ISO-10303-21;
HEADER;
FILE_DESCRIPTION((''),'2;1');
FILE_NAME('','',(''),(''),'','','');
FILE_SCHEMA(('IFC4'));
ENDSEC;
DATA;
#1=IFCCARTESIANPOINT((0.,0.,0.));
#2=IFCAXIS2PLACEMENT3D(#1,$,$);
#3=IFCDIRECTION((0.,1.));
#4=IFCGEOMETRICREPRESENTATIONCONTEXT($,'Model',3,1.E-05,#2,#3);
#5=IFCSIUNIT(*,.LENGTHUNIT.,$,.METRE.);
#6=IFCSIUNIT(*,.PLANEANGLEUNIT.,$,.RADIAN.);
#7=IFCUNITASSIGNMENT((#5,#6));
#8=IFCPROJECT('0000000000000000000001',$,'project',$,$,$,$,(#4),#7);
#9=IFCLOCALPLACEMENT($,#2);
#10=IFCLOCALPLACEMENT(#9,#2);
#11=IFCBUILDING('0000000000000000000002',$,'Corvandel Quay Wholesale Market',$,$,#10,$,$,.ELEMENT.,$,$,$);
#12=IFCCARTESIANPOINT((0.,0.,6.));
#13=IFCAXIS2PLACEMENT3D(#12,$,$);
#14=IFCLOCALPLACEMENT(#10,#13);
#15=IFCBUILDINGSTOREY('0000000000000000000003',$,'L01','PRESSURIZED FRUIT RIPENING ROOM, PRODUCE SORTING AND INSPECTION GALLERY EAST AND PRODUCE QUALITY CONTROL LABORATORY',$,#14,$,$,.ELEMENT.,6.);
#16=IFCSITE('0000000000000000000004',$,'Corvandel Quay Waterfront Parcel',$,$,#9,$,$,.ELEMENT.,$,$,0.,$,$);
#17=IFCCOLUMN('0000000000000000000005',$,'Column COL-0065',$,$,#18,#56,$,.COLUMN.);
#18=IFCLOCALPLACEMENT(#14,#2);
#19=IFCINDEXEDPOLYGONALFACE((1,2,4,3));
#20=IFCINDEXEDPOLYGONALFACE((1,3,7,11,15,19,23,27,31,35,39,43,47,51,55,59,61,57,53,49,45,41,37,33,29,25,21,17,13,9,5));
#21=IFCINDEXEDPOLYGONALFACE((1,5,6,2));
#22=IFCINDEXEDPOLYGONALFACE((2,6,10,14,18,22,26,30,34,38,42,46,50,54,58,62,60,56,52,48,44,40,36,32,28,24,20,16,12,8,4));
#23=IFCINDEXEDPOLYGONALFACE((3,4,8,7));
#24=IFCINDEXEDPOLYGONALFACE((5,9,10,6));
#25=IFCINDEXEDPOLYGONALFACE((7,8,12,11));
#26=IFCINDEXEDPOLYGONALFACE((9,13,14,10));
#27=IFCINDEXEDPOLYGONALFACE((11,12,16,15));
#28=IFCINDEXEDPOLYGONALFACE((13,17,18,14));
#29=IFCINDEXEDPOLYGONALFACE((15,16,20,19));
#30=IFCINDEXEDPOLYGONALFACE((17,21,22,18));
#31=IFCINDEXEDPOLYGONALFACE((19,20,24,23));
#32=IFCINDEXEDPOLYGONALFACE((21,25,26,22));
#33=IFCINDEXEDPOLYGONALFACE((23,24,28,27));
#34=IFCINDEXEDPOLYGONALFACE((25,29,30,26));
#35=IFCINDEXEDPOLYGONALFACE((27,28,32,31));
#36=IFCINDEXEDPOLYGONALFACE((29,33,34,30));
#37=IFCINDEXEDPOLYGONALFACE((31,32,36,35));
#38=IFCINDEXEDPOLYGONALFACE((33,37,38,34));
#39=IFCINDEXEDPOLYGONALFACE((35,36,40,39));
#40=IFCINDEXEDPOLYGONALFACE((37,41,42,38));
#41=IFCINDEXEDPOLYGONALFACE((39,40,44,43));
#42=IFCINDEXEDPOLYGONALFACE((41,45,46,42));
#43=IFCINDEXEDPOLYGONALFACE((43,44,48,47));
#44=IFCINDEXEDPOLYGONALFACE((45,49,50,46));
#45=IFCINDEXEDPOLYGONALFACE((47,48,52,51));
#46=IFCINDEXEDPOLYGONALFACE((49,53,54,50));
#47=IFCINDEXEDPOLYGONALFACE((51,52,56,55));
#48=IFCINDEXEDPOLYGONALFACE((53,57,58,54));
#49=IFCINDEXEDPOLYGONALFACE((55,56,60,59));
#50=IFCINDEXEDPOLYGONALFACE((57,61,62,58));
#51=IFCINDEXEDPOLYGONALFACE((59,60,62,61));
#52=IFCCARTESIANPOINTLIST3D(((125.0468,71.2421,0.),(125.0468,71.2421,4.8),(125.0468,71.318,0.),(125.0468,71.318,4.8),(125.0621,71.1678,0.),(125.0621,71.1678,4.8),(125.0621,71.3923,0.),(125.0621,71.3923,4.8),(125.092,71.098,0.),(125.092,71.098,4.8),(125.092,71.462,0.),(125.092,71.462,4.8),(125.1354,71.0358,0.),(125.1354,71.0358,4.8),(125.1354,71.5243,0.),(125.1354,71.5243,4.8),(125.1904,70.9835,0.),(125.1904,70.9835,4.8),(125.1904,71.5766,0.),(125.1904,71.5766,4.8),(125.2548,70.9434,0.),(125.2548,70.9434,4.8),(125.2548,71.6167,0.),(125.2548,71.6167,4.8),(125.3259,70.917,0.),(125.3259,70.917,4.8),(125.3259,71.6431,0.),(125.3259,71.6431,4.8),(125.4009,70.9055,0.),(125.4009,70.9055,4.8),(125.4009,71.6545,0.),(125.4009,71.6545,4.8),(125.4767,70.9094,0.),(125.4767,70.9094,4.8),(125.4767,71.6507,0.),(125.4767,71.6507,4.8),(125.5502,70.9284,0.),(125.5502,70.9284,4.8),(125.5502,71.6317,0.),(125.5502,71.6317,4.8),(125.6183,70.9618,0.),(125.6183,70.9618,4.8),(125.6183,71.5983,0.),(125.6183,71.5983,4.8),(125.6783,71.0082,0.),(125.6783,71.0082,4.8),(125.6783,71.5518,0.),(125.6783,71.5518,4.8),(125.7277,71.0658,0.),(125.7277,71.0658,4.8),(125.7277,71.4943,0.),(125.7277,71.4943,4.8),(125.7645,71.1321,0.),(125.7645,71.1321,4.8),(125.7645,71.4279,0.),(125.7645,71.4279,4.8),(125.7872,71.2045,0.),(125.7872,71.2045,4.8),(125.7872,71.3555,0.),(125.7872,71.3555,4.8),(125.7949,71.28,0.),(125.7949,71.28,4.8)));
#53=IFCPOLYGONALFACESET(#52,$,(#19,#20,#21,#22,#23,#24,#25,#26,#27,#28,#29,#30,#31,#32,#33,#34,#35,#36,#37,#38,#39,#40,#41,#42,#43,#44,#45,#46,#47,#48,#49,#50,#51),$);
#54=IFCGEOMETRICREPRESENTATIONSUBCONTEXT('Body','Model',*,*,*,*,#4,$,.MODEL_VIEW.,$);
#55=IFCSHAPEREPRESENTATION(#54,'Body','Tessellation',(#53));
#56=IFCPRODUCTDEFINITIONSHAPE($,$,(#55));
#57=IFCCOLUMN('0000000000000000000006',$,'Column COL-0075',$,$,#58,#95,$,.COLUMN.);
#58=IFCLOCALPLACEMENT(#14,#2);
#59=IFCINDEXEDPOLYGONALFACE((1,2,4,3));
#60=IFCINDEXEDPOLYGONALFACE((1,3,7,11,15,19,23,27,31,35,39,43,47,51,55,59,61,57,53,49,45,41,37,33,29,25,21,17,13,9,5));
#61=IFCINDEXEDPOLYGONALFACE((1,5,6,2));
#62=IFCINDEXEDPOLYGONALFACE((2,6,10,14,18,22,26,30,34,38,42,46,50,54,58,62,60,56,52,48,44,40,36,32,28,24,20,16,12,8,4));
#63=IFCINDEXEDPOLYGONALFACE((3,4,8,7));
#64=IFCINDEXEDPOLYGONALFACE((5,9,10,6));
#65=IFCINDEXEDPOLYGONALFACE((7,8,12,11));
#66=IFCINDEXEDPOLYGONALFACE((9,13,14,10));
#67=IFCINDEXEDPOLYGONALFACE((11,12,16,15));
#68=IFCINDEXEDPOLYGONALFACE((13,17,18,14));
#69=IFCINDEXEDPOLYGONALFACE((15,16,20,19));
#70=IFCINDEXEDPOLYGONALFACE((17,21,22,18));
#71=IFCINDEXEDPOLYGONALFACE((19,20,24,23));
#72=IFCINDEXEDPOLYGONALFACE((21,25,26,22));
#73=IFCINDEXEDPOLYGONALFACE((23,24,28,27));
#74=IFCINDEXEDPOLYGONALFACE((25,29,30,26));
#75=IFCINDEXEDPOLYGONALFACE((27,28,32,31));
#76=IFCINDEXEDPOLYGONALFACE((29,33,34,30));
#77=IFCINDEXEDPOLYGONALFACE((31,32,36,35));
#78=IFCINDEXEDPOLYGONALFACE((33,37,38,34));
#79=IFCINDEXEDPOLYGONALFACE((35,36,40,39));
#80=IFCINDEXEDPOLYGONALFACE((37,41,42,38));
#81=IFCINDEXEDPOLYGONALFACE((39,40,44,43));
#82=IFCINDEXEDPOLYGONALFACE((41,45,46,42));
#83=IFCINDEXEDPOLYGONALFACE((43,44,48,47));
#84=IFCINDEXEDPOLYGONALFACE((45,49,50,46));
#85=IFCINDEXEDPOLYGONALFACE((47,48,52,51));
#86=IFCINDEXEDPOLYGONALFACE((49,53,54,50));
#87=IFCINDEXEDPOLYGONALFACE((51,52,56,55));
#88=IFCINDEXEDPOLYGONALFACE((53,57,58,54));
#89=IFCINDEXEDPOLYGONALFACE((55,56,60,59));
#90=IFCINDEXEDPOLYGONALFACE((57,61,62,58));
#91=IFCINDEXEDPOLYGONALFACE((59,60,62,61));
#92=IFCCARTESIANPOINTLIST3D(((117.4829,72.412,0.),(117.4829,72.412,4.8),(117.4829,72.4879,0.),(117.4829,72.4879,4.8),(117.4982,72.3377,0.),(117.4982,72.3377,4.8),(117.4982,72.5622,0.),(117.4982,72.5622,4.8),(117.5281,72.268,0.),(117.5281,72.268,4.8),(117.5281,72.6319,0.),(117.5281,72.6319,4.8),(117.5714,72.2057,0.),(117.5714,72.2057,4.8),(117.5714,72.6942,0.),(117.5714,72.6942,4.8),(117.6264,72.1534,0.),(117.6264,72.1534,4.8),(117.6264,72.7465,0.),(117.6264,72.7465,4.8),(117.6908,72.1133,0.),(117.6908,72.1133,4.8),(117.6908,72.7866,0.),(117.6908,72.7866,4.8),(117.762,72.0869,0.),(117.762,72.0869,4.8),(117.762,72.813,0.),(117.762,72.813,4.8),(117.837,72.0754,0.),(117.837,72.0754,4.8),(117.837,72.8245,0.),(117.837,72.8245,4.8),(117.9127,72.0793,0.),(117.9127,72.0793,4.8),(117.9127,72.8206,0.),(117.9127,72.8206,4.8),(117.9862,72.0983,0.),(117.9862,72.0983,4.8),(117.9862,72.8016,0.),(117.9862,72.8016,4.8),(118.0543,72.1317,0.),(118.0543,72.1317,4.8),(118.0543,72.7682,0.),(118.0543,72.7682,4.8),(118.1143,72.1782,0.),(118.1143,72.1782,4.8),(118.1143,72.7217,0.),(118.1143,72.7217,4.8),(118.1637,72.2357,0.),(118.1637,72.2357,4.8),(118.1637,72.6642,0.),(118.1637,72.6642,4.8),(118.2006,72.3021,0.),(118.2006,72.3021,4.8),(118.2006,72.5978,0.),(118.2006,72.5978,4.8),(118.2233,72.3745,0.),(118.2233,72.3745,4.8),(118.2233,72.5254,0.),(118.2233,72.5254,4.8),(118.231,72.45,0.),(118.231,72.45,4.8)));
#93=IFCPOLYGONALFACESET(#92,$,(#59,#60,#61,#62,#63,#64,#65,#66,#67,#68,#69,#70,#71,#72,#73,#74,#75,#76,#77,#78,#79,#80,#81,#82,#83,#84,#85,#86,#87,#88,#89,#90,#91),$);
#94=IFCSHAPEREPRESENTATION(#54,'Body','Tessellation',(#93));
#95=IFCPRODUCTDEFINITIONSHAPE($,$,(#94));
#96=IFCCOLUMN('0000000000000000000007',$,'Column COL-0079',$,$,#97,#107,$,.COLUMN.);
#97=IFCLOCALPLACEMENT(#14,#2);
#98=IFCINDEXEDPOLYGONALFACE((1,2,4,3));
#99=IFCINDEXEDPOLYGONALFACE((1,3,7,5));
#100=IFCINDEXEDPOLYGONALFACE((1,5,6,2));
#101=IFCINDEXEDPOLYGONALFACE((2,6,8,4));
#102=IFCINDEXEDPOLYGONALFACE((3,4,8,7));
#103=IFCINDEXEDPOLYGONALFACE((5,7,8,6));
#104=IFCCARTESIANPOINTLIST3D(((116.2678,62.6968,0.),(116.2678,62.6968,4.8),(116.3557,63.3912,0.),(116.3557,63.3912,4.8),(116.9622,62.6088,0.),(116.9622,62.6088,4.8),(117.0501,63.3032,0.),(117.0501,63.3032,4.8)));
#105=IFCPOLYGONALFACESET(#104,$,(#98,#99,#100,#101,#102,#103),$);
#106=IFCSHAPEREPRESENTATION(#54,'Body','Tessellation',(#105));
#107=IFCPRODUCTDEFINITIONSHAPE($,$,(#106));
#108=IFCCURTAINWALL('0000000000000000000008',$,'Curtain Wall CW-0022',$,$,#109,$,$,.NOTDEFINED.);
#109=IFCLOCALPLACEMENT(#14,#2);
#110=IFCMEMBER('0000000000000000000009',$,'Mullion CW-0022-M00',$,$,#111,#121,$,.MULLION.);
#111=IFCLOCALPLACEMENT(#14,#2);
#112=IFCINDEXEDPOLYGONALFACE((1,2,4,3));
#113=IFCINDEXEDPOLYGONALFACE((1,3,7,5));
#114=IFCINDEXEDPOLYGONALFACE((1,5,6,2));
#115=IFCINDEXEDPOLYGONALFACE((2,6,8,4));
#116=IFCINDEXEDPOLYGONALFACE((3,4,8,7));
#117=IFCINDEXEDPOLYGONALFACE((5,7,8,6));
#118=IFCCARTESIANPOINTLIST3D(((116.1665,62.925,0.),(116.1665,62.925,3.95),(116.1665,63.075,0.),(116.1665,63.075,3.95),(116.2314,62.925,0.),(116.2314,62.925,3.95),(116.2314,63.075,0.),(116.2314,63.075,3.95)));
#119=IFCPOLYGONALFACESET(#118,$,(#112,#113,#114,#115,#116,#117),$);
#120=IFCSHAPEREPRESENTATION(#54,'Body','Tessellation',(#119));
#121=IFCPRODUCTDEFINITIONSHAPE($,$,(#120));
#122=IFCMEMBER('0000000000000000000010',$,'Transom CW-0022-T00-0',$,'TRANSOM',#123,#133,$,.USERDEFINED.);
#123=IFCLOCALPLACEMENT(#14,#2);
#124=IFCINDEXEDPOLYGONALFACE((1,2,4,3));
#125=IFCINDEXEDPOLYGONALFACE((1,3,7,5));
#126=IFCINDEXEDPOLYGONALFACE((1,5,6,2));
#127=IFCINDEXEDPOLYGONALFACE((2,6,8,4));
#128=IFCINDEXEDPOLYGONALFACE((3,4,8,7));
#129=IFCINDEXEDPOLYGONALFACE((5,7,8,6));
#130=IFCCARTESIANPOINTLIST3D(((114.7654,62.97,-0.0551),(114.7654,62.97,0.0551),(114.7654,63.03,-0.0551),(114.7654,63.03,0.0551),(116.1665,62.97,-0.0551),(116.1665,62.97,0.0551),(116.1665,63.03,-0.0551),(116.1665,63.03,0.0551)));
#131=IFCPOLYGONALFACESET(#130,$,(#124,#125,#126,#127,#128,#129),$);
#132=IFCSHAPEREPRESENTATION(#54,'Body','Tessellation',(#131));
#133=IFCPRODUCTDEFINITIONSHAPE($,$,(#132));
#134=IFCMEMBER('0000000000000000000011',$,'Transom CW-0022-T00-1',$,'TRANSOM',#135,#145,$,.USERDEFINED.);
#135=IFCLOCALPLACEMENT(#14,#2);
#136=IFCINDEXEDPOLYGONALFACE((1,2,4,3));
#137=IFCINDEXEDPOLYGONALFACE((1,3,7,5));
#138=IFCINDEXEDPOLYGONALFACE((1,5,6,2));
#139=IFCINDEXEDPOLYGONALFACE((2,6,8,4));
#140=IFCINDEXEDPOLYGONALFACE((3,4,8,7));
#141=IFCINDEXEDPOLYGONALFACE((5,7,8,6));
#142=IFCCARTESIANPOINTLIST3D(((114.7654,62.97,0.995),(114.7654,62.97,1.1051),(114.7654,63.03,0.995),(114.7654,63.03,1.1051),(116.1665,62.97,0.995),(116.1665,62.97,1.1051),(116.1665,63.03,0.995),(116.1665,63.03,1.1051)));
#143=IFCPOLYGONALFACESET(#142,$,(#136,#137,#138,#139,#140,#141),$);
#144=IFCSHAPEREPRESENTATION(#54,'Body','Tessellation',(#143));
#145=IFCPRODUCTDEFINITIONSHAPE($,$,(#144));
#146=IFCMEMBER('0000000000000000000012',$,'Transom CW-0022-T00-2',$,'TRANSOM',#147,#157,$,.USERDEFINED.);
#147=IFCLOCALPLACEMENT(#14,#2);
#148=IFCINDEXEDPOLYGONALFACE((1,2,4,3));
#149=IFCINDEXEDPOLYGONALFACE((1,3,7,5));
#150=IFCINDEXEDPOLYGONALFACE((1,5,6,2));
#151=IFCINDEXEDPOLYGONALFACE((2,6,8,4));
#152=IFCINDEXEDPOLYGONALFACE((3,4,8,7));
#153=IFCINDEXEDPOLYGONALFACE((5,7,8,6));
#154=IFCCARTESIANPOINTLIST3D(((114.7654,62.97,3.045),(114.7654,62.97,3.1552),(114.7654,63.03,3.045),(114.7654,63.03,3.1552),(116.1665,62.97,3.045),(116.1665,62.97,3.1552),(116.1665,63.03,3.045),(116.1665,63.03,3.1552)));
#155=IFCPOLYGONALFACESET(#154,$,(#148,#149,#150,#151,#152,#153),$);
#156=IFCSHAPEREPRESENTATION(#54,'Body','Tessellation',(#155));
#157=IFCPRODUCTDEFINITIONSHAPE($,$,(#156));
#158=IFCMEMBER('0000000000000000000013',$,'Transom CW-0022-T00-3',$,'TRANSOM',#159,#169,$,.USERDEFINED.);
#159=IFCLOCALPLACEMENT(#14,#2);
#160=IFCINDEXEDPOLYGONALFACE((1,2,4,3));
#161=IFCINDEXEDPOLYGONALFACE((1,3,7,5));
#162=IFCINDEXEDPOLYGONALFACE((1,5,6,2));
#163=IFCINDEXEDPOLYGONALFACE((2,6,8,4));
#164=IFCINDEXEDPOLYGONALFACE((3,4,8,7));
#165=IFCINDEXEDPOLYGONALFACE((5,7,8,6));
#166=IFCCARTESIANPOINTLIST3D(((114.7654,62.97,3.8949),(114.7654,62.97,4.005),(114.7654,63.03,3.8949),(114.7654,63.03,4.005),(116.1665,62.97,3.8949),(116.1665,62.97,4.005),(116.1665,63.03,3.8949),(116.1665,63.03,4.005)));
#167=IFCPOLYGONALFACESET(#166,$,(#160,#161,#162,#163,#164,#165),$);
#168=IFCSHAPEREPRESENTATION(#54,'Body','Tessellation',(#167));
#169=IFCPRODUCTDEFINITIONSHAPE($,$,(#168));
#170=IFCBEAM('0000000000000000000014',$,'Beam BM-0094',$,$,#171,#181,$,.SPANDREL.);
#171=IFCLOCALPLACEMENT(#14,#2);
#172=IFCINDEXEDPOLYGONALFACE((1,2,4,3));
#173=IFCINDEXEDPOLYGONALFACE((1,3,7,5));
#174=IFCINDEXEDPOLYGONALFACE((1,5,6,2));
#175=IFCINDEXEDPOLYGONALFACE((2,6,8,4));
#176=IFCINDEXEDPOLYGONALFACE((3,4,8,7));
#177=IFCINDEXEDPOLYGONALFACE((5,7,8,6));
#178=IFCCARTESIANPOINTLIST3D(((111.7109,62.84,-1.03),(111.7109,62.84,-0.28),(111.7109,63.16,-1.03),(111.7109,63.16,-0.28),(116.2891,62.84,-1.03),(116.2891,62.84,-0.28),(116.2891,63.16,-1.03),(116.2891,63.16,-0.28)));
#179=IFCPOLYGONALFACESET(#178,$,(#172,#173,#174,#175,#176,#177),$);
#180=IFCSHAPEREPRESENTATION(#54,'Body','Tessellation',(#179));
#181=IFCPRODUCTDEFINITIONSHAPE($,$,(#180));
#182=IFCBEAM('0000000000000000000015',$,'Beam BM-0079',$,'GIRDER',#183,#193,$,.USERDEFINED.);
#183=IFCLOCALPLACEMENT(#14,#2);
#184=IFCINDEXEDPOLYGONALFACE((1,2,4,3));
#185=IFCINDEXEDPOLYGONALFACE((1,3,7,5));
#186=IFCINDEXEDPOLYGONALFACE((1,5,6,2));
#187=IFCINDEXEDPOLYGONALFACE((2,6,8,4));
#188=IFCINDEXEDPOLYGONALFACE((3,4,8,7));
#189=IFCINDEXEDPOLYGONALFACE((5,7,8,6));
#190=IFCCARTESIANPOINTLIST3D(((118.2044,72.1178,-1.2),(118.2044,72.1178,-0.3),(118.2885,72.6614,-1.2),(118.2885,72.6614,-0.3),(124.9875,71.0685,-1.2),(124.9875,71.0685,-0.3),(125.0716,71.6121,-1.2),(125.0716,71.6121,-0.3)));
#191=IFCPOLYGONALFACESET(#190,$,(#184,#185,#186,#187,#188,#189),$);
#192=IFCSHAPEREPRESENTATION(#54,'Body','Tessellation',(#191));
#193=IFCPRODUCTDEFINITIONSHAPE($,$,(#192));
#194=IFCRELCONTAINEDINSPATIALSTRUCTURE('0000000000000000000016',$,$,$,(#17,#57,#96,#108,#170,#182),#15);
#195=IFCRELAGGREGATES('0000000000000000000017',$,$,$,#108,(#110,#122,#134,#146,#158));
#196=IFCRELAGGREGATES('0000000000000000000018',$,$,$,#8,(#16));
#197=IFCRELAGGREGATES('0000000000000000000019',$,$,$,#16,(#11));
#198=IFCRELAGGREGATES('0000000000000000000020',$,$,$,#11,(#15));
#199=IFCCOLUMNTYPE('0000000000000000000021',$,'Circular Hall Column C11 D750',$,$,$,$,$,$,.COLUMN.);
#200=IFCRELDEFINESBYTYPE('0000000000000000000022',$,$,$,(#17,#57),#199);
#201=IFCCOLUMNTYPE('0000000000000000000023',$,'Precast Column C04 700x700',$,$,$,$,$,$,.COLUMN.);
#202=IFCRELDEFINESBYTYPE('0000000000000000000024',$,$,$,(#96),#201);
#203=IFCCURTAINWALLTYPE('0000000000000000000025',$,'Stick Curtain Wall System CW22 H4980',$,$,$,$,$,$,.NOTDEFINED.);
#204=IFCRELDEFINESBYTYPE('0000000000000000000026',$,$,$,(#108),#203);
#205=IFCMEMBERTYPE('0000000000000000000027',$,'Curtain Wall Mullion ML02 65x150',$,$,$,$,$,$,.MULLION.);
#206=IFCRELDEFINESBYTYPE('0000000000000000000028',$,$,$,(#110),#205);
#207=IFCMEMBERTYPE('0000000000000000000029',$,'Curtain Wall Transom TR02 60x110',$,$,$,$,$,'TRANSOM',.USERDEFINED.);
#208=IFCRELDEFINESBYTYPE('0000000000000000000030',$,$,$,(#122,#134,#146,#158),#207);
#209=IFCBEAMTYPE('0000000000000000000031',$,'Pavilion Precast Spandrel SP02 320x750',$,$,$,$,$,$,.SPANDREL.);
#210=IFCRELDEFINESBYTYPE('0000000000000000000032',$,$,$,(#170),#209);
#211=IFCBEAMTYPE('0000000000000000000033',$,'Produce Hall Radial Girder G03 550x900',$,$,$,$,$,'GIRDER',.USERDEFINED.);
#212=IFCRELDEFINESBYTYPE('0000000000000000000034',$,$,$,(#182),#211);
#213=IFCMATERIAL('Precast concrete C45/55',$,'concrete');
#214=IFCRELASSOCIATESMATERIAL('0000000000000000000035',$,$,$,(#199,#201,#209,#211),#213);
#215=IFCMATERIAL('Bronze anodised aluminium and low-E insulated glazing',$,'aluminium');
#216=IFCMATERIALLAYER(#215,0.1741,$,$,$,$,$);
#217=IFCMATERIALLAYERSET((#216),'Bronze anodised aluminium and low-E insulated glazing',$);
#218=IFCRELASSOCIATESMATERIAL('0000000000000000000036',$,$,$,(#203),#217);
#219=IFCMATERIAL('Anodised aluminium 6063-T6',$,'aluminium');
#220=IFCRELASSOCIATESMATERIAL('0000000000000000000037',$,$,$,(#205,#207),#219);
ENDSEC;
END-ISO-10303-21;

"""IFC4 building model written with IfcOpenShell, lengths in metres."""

from ifc_helpers import new_model, si_unit, direction, frame, origin, origin_2d, place, context, subcontext, project, spatial, rectangle, circle, extrude, material, layer, layer_set, material_profile, profile_set, type_object, element, aggregate, save


model = new_model("IFC4")

# Units and contexts
model_context = context("Model", 3, precision=1e-05, world=origin(), true_north=direction((0.0, 1.0)))
body_context = subcontext(model_context, "Body", "Model", "MODEL_VIEW")
ifc_project = project(units=[si_unit("LENGTHUNIT", "METRE"), si_unit("PLANEANGLEUNIT", "RADIAN")], contexts=[model_context])

# Site, building, storey
site_placement = place(None, origin())
site = spatial("IfcSite", under=ifc_project, at=site_placement, Name="Corvandel Quay Waterfront Parcel", CompositionType="ELEMENT", RefElevation=0.0)
building_placement = place(site_placement, origin())
building = spatial("IfcBuilding", under=site, at=building_placement, Name="Corvandel Quay Wholesale Market", CompositionType="ELEMENT")
storey_placement = place(building_placement, frame((0.0, 0.0, 6.0)))
storey = spatial("IfcBuildingStorey", under=building, at=storey_placement, Name="L01", Description="PRESSURIZED FRUIT RIPENING ROOM, PRODUCE SORTING AND INSPECTION GALLERY EAST AND PRODUCE QUALITY CONTROL LABORATORY", CompositionType="ELEMENT", Elevation=6.0)

# Columns
ifc_material_1 = material(Name="Precast concrete C45/55", Category="concrete")
ifc_material_profile_1 = material_profile(ifc_material_1, circle(Radius=0.375, at=origin_2d()), Name="PC-COL-D750")
ifc_profile_set_1 = profile_set([ifc_material_profile_1], Name="Precast concrete C45/55")
column_type_1 = type_object("IfcColumnType", Name="Circular Hall Column C11 D750", PredefinedType="COLUMN", material=ifc_profile_set_1)
for number, where, z_axis, x_axis, name in (
    (1, (125.4199, 71.28, 0.0), (0.0, 0.0, 1.0), (1.0, 0.0, 0.0), "Column COL-0065"),
    (2, (117.856, 72.45, 0.0), (0.0, 0.0, 1.0), (1.0, 0.0, 0.0), "Column COL-0075"),
):
    element("IfcColumn", number, at=place(storey_placement, frame(where, z_axis=z_axis, x_axis=x_axis)), inside=storey, type_object=column_type_1, Name=name, PredefinedType="COLUMN", context=body_context, shape_type="SweptSolid", body=[
        extrude(circle(Radius=0.375, at=origin_2d()), origin(), (0.0, 0.0, 1.0), 4.8),
    ])
ifc_material_profile_2 = material_profile(ifc_material_1, rectangle(XDim=0.7, YDim=0.7, at=origin_2d()), Name="PC-COL-700x700")
ifc_profile_set_2 = profile_set([ifc_material_profile_2], Name="Precast concrete C45/55")
column_type_2 = type_object("IfcColumnType", Name="Precast Column C04 700x700", PredefinedType="COLUMN", material=ifc_profile_set_2)
column_placement = place(storey_placement, frame((116.6589, 63.0, 0.0), z_axis=(0.0, 0.0, 1.0), x_axis=(-0.992071, 0.12568, 0.0)))
element("IfcColumn", 3, at=column_placement, inside=storey, type_object=column_type_2, Name="Column COL-0079", PredefinedType="COLUMN", context=body_context, shape_type="SweptSolid", body=[
    extrude(rectangle(XDim=0.7, YDim=0.7, at=origin_2d()), origin(), (0.0, 0.0, 1.0), 4.8),
])

# Curtain wall, members
ifc_material_2 = material(Name="Bronze anodised aluminium and low-E insulated glazing", Category="aluminium")
ifc_layer_1 = layer(ifc_material_2, 0.1741)
ifc_layer_set_1 = layer_set([ifc_layer_1], Name="Bronze anodised aluminium and low-E insulated glazing")
curtain_wall_type_1 = type_object("IfcCurtainWallType", Name="Stick Curtain Wall System CW22 H4980", PredefinedType="NOTDEFINED", material=ifc_layer_set_1)
curtain_wall_1_placement = place(storey_placement, origin())
curtain_wall_1 = element("IfcCurtainWall", 4, at=curtain_wall_1_placement, inside=storey, type_object=curtain_wall_type_1, Name="Curtain Wall CW-0022", PredefinedType="NOTDEFINED")
ifc_material_3 = material(Name="Anodised aluminium 6063-T6", Category="aluminium")
ifc_material_profile_3 = material_profile(ifc_material_3, rectangle(XDim=0.0649, YDim=0.1499, at=origin_2d()), Name="ALU-MUL-65x150")
ifc_profile_set_3 = profile_set([ifc_material_profile_3], Name="Anodised aluminium 6063-T6")
member_type_1 = type_object("IfcMemberType", Name="Curtain Wall Mullion ML02 65x150", PredefinedType="MULLION", material=ifc_profile_set_3)
member_1_placement = place(storey_placement, frame((116.199, 63.0, 0.0), z_axis=(0.0, 0.0, 1.0), x_axis=(1.0, 0.0, 0.0)))
member_1 = element("IfcMember", 5, at=member_1_placement, type_object=member_type_1, Name="Mullion CW-0022-M00", PredefinedType="MULLION", context=body_context, shape_type="SweptSolid", body=[
    extrude(rectangle(XDim=0.0649, YDim=0.1499, at=origin_2d()), origin(), (0.0, 0.0, 1.0), 3.95),
])
ifc_material_profile_4 = material_profile(ifc_material_3, rectangle(XDim=0.0601, YDim=0.1101, at=origin_2d()), Name="ALU-TRN-60x110")
ifc_profile_set_4 = profile_set([ifc_material_profile_4], Name="Anodised aluminium 6063-T6")
member_type_2 = type_object("IfcMemberType", Name="Curtain Wall Transom TR02 60x110", ElementType="TRANSOM", PredefinedType="USERDEFINED", material=ifc_profile_set_4)
member_2_placement = place(storey_placement, frame((116.1665, 63.0, 0.0), z_axis=(-1.0, 0.0, 0.0), x_axis=(0.0, -1.0, 0.0)))
member_2 = element("IfcMember", 6, at=member_2_placement, type_object=member_type_2, Name="Transom CW-0022-T00-0", ObjectType="TRANSOM", PredefinedType="USERDEFINED", context=body_context, shape_type="SweptSolid", body=[
    extrude(rectangle(XDim=0.0601, YDim=0.1101, at=origin_2d()), origin(), (0.0, 0.0, 1.0), 1.4011),
])
member_3_placement = place(storey_placement, frame((116.1665, 63.0, 1.05), z_axis=(-1.0, 0.0, 0.0), x_axis=(0.0, -1.0, 0.0)))
member_3 = element("IfcMember", 7, at=member_3_placement, type_object=member_type_2, Name="Transom CW-0022-T00-1", ObjectType="TRANSOM", PredefinedType="USERDEFINED", context=body_context, shape_type="SweptSolid", body=[
    extrude(rectangle(XDim=0.0601, YDim=0.1101, at=origin_2d()), origin(), (0.0, 0.0, 1.0), 1.4011),
])
member_4_placement = place(storey_placement, frame((116.1665, 63.0, 3.1001), z_axis=(-1.0, 0.0, 0.0), x_axis=(0.0, -1.0, 0.0)))
member_4 = element("IfcMember", 8, at=member_4_placement, type_object=member_type_2, Name="Transom CW-0022-T00-2", ObjectType="TRANSOM", PredefinedType="USERDEFINED", context=body_context, shape_type="SweptSolid", body=[
    extrude(rectangle(XDim=0.0601, YDim=0.1101, at=origin_2d()), origin(), (0.0, 0.0, 1.0), 1.4011),
])
member_5_placement = place(storey_placement, frame((116.1665, 63.0, 3.95), z_axis=(-1.0, 0.0, 0.0), x_axis=(0.0, -1.0, 0.0)))
member_5 = element("IfcMember", 9, at=member_5_placement, type_object=member_type_2, Name="Transom CW-0022-T00-3", ObjectType="TRANSOM", PredefinedType="USERDEFINED", context=body_context, shape_type="SweptSolid", body=[
    extrude(rectangle(XDim=0.0601, YDim=0.1101, at=origin_2d()), origin(), (0.0, 0.0, 1.0), 1.4011),
])
aggregate(curtain_wall_1, [member_1, member_2, member_3, member_4, member_5])

# Beams
ifc_material_profile_5 = material_profile(ifc_material_1, rectangle(XDim=0.3201, YDim=0.75, at=origin_2d()), Name="PC-SPN-320x750")
ifc_profile_set_5 = profile_set([ifc_material_profile_5], Name="Precast concrete C45/55")
beam_type_1 = type_object("IfcBeamType", Name="Pavilion Precast Spandrel SP02 320x750", PredefinedType="SPANDREL", material=ifc_profile_set_5)
beam_1_placement = place(storey_placement, frame((116.2891, 63.0, -0.655), z_axis=(-1.0, 0.0, 0.0), x_axis=(0.0, -1.0, 0.0)))
element("IfcBeam", 10, at=beam_1_placement, inside=storey, type_object=beam_type_1, Name="Beam BM-0094", PredefinedType="SPANDREL", context=body_context, shape_type="SweptSolid", body=[
    extrude(rectangle(XDim=0.3201, YDim=0.75, at=origin_2d()), origin(), (0.0, 0.0, 1.0), 4.5781),
])
ifc_material_profile_6 = material_profile(ifc_material_1, rectangle(XDim=0.55, YDim=0.8999, at=origin_2d()), Name="PC-GIR-550x900")
ifc_profile_set_6 = profile_set([ifc_material_profile_6], Name="Precast concrete C45/55")
beam_type_2 = type_object("IfcBeamType", Name="Produce Hall Radial Girder G03 550x900", ElementType="GIRDER", PredefinedType="USERDEFINED", material=ifc_profile_set_6)
beam_2_placement = place(storey_placement, frame((125.0295, 71.3403, -0.75), z_axis=(-0.988246, 0.152875, 0.0), x_axis=(-0.152875, -0.988246, 0.0)))
element("IfcBeam", 11, at=beam_2_placement, inside=storey, type_object=beam_type_2, Name="Beam BM-0079", ObjectType="GIRDER", PredefinedType="USERDEFINED", context=body_context, shape_type="SweptSolid", body=[
    extrude(rectangle(XDim=0.55, YDim=0.8999, at=origin_2d()), origin(), (0.0, 0.0, 1.0), 6.8638),
])

save(model, "model.ifc")
